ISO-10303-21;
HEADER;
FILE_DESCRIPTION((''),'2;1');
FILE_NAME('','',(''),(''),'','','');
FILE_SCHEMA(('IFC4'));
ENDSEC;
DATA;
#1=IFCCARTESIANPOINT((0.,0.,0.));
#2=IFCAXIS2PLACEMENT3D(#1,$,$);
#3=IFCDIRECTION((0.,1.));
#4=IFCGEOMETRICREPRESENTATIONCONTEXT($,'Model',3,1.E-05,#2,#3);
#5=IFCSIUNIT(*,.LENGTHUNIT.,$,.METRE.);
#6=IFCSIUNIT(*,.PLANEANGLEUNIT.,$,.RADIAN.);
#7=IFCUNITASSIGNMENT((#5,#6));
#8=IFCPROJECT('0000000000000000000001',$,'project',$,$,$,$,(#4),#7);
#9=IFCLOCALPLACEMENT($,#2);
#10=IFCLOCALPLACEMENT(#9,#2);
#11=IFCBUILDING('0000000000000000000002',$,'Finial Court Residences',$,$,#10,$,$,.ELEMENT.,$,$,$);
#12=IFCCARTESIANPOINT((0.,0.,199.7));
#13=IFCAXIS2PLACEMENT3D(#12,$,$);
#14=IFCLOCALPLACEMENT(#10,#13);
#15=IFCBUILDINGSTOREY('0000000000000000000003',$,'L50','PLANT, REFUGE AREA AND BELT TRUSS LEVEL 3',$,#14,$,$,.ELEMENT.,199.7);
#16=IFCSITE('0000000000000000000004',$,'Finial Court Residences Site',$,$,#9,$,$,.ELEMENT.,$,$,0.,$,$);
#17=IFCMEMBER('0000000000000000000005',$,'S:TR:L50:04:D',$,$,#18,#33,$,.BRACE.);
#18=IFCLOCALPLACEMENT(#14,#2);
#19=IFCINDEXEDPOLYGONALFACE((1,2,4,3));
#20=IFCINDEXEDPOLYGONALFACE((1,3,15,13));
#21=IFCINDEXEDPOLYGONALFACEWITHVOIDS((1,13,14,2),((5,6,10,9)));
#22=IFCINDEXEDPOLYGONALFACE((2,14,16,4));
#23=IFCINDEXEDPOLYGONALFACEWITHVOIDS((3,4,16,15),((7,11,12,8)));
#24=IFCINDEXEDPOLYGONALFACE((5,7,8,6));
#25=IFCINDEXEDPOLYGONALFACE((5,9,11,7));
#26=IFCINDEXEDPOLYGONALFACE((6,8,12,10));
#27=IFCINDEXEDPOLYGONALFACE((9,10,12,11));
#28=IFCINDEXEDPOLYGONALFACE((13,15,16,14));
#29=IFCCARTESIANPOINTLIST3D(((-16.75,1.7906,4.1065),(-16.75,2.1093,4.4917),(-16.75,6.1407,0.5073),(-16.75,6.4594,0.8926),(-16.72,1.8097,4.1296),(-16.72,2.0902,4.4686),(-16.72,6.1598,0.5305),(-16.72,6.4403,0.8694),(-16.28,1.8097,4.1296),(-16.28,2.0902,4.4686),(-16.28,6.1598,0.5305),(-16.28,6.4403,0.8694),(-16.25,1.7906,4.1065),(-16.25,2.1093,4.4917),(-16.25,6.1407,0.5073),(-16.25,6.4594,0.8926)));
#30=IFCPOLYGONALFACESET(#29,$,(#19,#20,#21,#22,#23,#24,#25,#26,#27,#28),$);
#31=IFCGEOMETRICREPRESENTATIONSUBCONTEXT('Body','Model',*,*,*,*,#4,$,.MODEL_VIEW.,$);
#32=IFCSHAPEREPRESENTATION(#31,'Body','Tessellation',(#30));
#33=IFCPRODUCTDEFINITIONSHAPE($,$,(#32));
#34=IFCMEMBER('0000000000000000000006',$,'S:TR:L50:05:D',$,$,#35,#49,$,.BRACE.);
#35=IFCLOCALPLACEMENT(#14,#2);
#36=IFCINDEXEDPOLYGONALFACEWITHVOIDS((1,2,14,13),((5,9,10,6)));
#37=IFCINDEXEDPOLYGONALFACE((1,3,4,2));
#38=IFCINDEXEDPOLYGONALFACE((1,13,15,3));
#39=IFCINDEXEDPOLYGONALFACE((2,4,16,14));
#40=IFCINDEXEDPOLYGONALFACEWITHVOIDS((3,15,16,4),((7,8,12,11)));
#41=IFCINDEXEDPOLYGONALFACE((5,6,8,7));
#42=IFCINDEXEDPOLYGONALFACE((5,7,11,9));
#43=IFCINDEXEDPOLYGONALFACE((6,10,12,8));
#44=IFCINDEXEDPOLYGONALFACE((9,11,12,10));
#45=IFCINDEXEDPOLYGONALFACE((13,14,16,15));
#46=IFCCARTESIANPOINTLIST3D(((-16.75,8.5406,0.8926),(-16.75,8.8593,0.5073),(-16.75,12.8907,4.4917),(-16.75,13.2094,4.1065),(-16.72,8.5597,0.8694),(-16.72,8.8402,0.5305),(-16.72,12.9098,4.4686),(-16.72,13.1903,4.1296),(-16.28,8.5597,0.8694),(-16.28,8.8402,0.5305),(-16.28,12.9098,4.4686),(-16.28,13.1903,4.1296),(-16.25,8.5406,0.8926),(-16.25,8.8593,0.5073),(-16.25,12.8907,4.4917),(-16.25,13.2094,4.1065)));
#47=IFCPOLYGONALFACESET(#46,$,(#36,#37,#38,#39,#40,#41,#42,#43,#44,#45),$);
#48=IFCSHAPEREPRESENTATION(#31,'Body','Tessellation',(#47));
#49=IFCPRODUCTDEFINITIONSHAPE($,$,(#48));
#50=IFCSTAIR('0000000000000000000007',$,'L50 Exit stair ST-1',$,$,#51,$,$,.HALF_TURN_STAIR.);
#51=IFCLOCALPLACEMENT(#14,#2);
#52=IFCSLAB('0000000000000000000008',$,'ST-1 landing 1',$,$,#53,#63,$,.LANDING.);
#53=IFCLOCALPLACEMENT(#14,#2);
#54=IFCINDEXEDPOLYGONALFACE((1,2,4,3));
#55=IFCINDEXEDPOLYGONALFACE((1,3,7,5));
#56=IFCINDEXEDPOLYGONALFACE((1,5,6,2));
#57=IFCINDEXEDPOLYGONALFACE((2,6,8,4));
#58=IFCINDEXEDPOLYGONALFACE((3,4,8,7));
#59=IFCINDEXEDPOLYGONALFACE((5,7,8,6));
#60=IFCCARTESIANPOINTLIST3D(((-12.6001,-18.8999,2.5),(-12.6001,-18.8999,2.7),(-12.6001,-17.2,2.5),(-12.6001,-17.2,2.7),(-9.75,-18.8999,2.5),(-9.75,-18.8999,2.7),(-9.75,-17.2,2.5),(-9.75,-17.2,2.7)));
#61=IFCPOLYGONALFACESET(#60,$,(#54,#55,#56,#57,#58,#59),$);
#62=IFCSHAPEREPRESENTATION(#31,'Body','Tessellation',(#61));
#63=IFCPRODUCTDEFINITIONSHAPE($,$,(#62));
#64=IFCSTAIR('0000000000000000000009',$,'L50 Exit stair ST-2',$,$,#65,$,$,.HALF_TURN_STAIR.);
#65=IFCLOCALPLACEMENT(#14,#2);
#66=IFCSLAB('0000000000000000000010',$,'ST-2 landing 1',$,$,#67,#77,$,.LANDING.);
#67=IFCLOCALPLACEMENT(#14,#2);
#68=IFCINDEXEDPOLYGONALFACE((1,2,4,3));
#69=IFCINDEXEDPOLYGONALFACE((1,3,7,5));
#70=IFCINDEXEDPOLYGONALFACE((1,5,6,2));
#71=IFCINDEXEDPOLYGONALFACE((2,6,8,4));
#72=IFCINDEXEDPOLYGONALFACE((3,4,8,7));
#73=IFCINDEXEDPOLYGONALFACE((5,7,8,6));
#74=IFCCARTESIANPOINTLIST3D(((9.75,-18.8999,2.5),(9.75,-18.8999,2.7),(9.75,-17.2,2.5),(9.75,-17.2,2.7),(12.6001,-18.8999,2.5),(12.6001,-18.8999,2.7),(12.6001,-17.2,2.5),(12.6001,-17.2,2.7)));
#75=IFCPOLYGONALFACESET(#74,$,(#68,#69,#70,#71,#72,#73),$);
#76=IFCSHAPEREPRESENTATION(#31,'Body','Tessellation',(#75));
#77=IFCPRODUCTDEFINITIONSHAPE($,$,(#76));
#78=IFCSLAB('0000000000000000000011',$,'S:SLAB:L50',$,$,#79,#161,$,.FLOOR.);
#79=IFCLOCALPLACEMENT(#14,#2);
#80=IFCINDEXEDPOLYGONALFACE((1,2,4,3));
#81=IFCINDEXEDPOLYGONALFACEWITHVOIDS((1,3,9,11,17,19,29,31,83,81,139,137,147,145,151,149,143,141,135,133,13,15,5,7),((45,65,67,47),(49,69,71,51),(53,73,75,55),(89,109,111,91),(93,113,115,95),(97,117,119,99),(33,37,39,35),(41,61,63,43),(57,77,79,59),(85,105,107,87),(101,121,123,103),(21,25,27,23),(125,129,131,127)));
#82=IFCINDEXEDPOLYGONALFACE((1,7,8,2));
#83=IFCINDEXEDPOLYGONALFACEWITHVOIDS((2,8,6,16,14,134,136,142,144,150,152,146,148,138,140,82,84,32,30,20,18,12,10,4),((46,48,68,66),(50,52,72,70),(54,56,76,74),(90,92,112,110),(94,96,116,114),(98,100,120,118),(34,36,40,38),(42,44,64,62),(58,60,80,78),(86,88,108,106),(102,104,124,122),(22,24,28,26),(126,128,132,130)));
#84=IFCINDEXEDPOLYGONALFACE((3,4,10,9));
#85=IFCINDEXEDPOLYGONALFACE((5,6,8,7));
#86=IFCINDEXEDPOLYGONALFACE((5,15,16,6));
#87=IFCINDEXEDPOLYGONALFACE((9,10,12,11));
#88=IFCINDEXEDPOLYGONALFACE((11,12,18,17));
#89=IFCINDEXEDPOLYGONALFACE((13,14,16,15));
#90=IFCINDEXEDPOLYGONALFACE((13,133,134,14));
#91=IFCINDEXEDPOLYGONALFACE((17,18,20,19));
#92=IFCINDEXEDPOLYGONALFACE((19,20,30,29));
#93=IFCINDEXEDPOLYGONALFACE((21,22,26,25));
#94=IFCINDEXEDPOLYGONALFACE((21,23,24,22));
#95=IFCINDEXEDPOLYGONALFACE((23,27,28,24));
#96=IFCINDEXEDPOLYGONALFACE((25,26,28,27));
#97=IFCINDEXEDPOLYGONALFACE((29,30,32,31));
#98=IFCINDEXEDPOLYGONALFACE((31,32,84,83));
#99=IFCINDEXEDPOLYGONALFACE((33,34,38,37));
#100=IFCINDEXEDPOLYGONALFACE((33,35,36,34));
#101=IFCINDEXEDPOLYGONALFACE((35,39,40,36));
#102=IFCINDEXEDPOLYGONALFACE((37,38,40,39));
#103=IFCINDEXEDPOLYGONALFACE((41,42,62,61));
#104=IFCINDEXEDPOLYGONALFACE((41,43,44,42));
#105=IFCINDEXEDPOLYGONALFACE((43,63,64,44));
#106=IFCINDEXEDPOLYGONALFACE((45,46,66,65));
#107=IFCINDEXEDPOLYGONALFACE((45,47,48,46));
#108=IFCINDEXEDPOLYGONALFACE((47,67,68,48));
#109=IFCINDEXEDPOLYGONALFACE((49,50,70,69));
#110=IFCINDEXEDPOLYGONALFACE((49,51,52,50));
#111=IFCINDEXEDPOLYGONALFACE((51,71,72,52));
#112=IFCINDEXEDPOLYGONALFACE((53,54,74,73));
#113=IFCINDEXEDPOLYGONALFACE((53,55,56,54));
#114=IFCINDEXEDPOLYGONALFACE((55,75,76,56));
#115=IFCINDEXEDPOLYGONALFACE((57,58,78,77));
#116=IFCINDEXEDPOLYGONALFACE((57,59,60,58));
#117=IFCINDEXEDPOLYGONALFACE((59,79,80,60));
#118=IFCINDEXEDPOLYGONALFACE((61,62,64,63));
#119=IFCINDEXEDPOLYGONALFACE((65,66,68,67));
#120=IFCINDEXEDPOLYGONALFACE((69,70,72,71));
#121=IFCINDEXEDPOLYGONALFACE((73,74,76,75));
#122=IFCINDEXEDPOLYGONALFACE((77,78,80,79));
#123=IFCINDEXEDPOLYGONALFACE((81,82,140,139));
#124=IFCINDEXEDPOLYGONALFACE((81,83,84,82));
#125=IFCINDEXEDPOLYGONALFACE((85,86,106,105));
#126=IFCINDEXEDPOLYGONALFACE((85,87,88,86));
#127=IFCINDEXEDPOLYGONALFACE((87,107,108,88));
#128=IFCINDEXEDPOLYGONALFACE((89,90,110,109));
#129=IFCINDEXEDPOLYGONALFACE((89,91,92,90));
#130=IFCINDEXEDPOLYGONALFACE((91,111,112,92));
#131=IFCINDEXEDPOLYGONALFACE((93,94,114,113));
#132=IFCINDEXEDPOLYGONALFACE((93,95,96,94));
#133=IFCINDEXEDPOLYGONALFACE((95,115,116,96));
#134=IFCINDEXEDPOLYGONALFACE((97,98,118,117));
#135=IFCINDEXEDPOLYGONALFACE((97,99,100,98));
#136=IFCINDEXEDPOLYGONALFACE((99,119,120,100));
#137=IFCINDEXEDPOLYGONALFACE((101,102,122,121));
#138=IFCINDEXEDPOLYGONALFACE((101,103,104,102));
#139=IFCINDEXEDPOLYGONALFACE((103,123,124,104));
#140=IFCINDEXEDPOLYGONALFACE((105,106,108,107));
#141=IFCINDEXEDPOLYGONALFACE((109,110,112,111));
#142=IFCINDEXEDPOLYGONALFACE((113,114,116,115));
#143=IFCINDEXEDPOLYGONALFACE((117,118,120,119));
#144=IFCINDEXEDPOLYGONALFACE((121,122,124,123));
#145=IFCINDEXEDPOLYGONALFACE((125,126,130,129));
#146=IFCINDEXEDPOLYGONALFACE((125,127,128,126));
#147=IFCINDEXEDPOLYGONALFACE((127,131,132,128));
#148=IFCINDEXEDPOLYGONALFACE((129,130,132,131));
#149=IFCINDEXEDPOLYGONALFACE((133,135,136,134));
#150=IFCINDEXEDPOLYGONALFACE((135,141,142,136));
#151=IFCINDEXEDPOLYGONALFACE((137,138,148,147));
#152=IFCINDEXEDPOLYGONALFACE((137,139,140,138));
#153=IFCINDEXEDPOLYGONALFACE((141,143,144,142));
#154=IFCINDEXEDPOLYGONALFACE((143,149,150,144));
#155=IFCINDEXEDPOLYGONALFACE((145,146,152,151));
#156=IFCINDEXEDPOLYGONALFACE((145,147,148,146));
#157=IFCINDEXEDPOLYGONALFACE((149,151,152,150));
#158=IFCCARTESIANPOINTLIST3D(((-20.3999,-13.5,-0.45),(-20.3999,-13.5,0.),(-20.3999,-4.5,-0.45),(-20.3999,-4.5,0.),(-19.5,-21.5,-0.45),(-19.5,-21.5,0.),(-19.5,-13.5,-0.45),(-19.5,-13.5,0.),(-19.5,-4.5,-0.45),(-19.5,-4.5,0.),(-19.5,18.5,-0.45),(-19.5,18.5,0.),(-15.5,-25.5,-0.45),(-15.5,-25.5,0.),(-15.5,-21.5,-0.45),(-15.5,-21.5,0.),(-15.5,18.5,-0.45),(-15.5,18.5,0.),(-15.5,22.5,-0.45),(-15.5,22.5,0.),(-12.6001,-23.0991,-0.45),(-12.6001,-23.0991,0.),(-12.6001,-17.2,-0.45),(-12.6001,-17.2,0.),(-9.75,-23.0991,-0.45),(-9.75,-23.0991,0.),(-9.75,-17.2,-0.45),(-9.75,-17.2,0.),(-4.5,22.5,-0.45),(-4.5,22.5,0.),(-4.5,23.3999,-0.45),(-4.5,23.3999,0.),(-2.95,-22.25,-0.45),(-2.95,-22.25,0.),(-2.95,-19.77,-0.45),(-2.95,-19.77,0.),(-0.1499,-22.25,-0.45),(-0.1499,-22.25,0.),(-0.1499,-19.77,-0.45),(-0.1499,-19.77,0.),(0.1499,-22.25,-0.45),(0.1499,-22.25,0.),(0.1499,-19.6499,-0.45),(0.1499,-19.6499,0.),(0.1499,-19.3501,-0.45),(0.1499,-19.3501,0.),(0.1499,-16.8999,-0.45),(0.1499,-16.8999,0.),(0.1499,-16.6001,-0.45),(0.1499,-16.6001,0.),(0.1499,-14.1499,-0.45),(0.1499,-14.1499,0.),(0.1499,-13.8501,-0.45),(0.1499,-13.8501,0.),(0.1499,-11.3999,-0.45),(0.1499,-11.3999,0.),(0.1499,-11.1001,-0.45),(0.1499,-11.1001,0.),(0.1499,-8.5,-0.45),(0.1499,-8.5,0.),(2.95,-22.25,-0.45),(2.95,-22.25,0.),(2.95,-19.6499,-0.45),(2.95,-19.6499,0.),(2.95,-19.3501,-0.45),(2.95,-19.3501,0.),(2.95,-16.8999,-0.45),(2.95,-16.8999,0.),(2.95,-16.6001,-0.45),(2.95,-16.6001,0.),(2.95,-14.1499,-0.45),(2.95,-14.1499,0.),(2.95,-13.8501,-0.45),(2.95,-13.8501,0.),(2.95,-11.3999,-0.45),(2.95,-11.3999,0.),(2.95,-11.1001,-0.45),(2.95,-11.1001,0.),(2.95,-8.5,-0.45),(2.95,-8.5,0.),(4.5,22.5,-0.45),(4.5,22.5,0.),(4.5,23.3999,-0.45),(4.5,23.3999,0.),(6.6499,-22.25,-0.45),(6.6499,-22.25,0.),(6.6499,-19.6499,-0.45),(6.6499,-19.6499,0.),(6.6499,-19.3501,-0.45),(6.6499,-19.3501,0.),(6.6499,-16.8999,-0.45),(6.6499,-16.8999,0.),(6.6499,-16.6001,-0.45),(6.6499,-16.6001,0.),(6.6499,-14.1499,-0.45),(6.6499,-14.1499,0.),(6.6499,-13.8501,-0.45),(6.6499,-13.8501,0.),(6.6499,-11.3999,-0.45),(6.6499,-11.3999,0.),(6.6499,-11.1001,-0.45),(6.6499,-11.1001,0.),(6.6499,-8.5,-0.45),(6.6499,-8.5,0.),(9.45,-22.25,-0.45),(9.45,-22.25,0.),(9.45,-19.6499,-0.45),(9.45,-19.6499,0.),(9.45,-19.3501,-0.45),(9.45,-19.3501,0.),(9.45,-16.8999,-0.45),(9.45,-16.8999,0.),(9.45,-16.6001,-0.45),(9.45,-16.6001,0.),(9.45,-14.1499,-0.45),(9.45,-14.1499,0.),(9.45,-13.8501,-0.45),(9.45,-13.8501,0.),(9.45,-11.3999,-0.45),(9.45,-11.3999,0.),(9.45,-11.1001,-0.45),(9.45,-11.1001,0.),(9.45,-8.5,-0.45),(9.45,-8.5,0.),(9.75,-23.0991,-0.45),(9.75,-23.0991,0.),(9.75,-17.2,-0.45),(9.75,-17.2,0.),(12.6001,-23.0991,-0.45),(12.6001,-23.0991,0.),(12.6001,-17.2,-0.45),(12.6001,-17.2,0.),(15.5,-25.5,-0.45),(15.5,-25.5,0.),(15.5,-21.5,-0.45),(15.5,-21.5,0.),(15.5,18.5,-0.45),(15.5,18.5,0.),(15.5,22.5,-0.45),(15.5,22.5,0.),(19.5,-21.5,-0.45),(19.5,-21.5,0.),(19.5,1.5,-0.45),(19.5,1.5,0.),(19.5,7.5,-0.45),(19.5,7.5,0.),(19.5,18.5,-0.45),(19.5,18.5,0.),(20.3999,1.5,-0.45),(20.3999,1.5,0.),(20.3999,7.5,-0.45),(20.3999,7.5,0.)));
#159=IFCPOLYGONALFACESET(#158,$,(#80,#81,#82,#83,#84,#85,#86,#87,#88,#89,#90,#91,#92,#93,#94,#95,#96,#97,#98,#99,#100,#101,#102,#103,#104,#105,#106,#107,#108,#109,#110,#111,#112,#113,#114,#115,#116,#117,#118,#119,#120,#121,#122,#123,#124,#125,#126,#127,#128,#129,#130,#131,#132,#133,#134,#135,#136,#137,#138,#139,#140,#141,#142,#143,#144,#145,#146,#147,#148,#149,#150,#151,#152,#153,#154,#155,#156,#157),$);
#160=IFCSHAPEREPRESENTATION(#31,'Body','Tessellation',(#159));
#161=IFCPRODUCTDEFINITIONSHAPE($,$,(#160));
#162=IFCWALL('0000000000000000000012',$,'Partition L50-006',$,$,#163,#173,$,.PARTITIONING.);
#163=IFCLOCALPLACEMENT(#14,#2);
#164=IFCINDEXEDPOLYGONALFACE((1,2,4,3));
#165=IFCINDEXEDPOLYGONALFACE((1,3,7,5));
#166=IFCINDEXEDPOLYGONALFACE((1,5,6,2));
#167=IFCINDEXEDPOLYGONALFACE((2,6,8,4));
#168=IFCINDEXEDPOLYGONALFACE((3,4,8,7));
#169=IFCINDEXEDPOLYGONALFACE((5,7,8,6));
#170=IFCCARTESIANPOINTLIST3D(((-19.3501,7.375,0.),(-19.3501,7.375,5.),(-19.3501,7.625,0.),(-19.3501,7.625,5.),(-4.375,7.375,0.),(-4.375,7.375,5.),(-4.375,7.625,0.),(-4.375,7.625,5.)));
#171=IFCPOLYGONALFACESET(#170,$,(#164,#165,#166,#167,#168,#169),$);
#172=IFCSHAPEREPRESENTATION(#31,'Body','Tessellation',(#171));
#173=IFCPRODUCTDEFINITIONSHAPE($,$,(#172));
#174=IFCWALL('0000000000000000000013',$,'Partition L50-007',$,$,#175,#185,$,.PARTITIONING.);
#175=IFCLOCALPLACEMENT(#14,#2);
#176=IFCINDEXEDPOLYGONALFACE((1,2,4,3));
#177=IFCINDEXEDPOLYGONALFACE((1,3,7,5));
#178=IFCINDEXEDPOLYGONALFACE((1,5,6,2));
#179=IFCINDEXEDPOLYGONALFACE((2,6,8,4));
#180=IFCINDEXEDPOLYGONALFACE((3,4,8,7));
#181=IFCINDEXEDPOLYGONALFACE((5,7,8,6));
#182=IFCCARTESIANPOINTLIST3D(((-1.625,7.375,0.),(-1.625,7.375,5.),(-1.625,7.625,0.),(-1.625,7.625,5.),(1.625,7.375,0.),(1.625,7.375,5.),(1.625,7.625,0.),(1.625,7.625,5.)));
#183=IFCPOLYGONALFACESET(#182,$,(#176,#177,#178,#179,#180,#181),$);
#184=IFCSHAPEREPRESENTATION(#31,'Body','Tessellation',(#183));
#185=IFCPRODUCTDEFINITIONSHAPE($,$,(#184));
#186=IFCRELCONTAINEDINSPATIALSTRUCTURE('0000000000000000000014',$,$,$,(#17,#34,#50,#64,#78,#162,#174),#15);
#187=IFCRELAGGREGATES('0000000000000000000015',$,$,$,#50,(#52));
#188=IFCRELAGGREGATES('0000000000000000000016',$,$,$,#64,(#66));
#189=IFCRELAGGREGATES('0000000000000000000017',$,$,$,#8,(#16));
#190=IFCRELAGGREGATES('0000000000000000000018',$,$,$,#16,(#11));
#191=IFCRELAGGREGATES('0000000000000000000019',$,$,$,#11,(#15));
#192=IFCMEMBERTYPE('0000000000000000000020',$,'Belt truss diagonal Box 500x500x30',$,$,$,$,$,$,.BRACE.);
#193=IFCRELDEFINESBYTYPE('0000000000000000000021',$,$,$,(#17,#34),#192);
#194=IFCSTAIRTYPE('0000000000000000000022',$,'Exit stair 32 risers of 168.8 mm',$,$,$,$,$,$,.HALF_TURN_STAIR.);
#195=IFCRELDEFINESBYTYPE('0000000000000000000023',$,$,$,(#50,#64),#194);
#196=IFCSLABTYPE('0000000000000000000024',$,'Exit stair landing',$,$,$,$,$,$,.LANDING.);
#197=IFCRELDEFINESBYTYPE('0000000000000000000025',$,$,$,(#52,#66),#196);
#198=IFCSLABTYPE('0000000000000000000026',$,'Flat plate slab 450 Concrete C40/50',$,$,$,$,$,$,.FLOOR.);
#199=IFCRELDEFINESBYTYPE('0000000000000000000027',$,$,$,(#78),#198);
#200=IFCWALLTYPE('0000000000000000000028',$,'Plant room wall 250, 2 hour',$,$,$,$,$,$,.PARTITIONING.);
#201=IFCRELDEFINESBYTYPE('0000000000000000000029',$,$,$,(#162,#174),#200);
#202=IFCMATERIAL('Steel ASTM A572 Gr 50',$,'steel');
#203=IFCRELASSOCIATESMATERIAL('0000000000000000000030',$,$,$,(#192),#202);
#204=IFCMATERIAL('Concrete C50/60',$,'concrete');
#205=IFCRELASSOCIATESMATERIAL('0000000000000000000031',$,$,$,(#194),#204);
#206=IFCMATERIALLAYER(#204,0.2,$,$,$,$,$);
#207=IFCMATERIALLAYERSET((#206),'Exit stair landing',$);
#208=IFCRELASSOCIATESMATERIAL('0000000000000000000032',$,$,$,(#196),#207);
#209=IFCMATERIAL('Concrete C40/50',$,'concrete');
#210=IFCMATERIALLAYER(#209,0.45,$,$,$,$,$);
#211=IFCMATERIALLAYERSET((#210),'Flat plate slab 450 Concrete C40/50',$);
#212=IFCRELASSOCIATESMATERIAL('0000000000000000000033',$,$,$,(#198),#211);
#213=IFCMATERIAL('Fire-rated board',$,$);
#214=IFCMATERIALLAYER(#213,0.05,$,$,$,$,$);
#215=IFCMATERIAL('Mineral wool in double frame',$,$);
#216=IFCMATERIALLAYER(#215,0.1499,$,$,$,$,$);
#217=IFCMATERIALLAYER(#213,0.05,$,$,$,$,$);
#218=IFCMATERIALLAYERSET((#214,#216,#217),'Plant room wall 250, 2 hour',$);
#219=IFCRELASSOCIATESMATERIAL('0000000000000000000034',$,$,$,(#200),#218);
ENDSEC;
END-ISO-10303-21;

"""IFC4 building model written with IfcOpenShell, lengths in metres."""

from ifc_helpers import new_model, si_unit, direction, frame, frame_2d, origin, origin_2d, place, context, subcontext, project, spatial, polyline, rectangle, hollow_rectangle, outline, extrude, material, layer, layer_set, material_profile, profile_set, type_object, element, aggregate, save


model = new_model("IFC4")

# Units and contexts
model_context = context("Model", 3, precision=1e-05, world=origin(), true_north=direction((0.0, 1.0)))
body_context = subcontext(model_context, "Body", "Model", "MODEL_VIEW")
ifc_project = project(units=[si_unit("LENGTHUNIT", "METRE"), si_unit("PLANEANGLEUNIT", "RADIAN")], contexts=[model_context])

# Site, building, storey
site_placement = place(None, origin())
site = spatial("IfcSite", under=ifc_project, at=site_placement, Name="Finial Court Residences Site", CompositionType="ELEMENT", RefElevation=0.0)
building_placement = place(site_placement, origin())
building = spatial("IfcBuilding", under=site, at=building_placement, Name="Finial Court Residences", CompositionType="ELEMENT")
storey_placement = place(building_placement, frame((0.0, 0.0, 199.7)))
storey = spatial("IfcBuildingStorey", under=building, at=storey_placement, Name="L50", Description="PLANT, REFUGE AREA AND BELT TRUSS LEVEL 3", CompositionType="ELEMENT", Elevation=199.7)

# Members
ifc_material_1 = material(Name="Steel ASTM A572 Gr 50", Category="steel")
ifc_material_profile_1 = material_profile(ifc_material_1, hollow_rectangle(XDim=0.5, YDim=0.5, WallThickness=0.03, at=origin_2d()), Name="Box 500x500x30")
ifc_profile_set_1 = profile_set([ifc_material_profile_1], Name="Steel ASTM A572 Gr 50")
member_type_1 = type_object("IfcMemberType", Name="Belt truss diagonal Box 500x500x30", PredefinedType="BRACE", material=ifc_profile_set_1)
for number, where, z_axis, x_axis, name in (
    (1, (-16.5, 1.95, 4.2991), (0.0, 0.770478, -0.637467), (-1.0, 0.0, 0.0), "S:TR:L50:04:D"),
    (2, (-16.5, 8.7, 0.7), (0.0, 0.770478, 0.637467), (-1.0, 0.0, 0.0), "S:TR:L50:05:D"),
):
    element("IfcMember", number, at=place(storey_placement, frame(where, z_axis=z_axis, x_axis=x_axis)), inside=storey, type_object=member_type_1, Name=name, PredefinedType="BRACE", context=body_context, shape_type="SweptSolid", body=[
        extrude(hollow_rectangle(XDim=0.5, YDim=0.5, WallThickness=0.03, at=origin_2d()), origin(), (0.0, 0.0, 1.0), 5.646),
    ])

# Stairs, slabs
ifc_material_2 = material(Name="Concrete C50/60", Category="concrete")
stair_type = type_object("IfcStairType", Name="Exit stair 32 risers of 168.8 mm", PredefinedType="HALF_TURN_STAIR", material=ifc_material_2)
stair_1_placement = place(storey_placement, origin())
stair_1 = element("IfcStair", 3, at=stair_1_placement, inside=storey, type_object=stair_type, Name="L50 Exit stair ST-1", PredefinedType="HALF_TURN_STAIR")
ifc_layer_1 = layer(ifc_material_2, 0.2)
ifc_layer_set_1 = layer_set([ifc_layer_1], Name="Exit stair landing")
slab_type_1 = type_object("IfcSlabType", Name="Exit stair landing", PredefinedType="LANDING", material=ifc_layer_set_1)
slab_1_placement = place(storey_placement, frame((0.0, 0.0, 2.5)))
slab_1 = element("IfcSlab", 4, at=slab_1_placement, type_object=slab_type_1, Name="ST-1 landing 1", PredefinedType="LANDING", context=body_context, shape_type="SweptSolid", body=[
    extrude(outline(polyline([(-9.75, -18.8999), (-9.75, -17.2), (-12.6001, -17.2), (-12.6001, -18.8999), (-9.75, -18.8999)])), origin(), (0.0, 0.0, 1.0), 0.2),
])
aggregate(stair_1, [slab_1])
stair_2_placement = place(storey_placement, origin())
stair_2 = element("IfcStair", 5, at=stair_2_placement, inside=storey, type_object=stair_type, Name="L50 Exit stair ST-2", PredefinedType="HALF_TURN_STAIR")
slab_2_placement = place(storey_placement, frame((0.0, 0.0, 2.5)))
slab_2 = element("IfcSlab", 6, at=slab_2_placement, type_object=slab_type_1, Name="ST-2 landing 1", PredefinedType="LANDING", context=body_context, shape_type="SweptSolid", body=[
    extrude(outline(polyline([(12.6001, -18.8999), (12.6001, -17.2), (9.75, -17.2), (9.75, -18.8999), (12.6001, -18.8999)])), origin(), (0.0, 0.0, 1.0), 0.2),
])
aggregate(stair_2, [slab_2])

# Slab
ifc_material_3 = material(Name="Concrete C40/50", Category="concrete")
ifc_layer_2 = layer(ifc_material_3, 0.45)
ifc_layer_set_2 = layer_set([ifc_layer_2], Name="Flat plate slab 450 Concrete C40/50")
slab_type_2 = type_object("IfcSlabType", Name="Flat plate slab 450 Concrete C40/50", PredefinedType="FLOOR", material=ifc_layer_set_2)
slab_3_placement = place(storey_placement, frame((0.0, 0.0, -0.45)))
element("IfcSlab", 7, at=slab_3_placement, inside=storey, type_object=slab_type_2, Name="S:SLAB:L50", PredefinedType="FLOOR", context=body_context, shape_type="SweptSolid", body=[
    extrude(outline(polyline([(-20.3999, -4.5), (-19.5, -4.5), (-19.5, 18.5), (-15.5, 18.5), (-15.5, 22.5), (-4.5, 22.5), (-4.5, 23.3999), (4.5, 23.3999), (4.5, 22.5), (15.5, 22.5), (15.5, 18.5), (19.5, 18.5), (19.5, 7.5), (20.3999, 7.5), (20.3999, 1.5), (19.5, 1.5), (19.5, -21.5), (15.5, -21.5), (15.5, -25.5), (-15.5, -25.5), (-15.5, -21.5), (-19.5, -21.5), (-19.5, -13.5), (-20.3999, -13.5), (-20.3999, -4.5)]), holes=[polyline([(-0.1499, -19.77), (-2.95, -19.77), (-2.95, -22.25), (-0.1499, -22.25), (-0.1499, -19.77)]), polyline([(2.95, -22.25), (2.95, -19.6499), (0.1499, -19.6499), (0.1499, -22.25), (2.95, -22.25)]), polyline([(-9.75, -17.2), (-12.6001, -17.2), (-12.6001, -23.0991), (-9.75, -23.0991), (-9.75, -17.2)]), polyline([(2.95, -16.8999), (0.1499, -16.8999), (0.1499, -19.3501), (2.95, -19.3501), (2.95, -16.8999)]), polyline([(2.95, -16.6001), (2.95, -14.1499), (0.1499, -14.1499), (0.1499, -16.6001), (2.95, -16.6001)]), polyline([(2.95, -13.8501), (2.95, -11.3999), (0.1499, -11.3999), (0.1499, -13.8501), (2.95, -13.8501)]), polyline([(2.95, -8.5), (0.1499, -8.5), (0.1499, -11.1001), (2.95, -11.1001), (2.95, -8.5)]), polyline([(9.45, -22.25), (9.45, -19.6499), (6.6499, -19.6499), (6.6499, -22.25), (9.45, -22.25)]), polyline([(12.6001, -17.2), (9.75, -17.2), (9.75, -23.0991), (12.6001, -23.0991), (12.6001, -17.2)]), polyline([(9.45, -19.3501), (9.45, -16.8999), (6.6499, -16.8999), (6.6499, -19.3501), (9.45, -19.3501)]), polyline([(9.45, -16.6001), (9.45, -14.1499), (6.6499, -14.1499), (6.6499, -16.6001), (9.45, -16.6001)]), polyline([(9.45, -13.8501), (9.45, -11.3999), (6.6499, -11.3999), (6.6499, -13.8501), (9.45, -13.8501)]), polyline([(9.45, -11.1001), (9.45, -8.5), (6.6499, -8.5), (6.6499, -11.1001), (9.45, -11.1001)])]), origin(), (0.0, 0.0, 1.0), 0.45),
])

# Walls
ifc_material_4 = material(Name="Fire-rated board")
ifc_layer_3 = layer(ifc_material_4, 0.05)
ifc_material_5 = material(Name="Mineral wool in double frame")
ifc_layer_4 = layer(ifc_material_5, 0.1499)
ifc_layer_5 = layer(ifc_material_4, 0.05)
ifc_layer_set_3 = layer_set([ifc_layer_3, ifc_layer_4, ifc_layer_5], Name="Plant room wall 250, 2 hour")
wall_type = type_object("IfcWallType", Name="Plant room wall 250, 2 hour", PredefinedType="PARTITIONING", material=ifc_layer_set_3)
wall_1_placement = place(storey_placement, frame((-19.3501, 7.5, 0.0), z_axis=(0.0, 0.0, 1.0), x_axis=(1.0, 0.0, 0.0)))
element("IfcWall", 8, at=wall_1_placement, inside=storey, type_object=wall_type, Name="Partition L50-006", PredefinedType="PARTITIONING", context=body_context, shape_type="SweptSolid", body=[
    extrude(rectangle(XDim=14.9751, YDim=0.25, at=frame_2d((7.4875, 0.0))), origin(), (0.0, 0.0, 1.0), 5.0),
])
wall_2_placement = place(storey_placement, frame((-1.625, 7.5, 0.0), z_axis=(0.0, 0.0, 1.0), x_axis=(1.0, 0.0, 0.0)))
element("IfcWall", 9, at=wall_2_placement, inside=storey, type_object=wall_type, Name="Partition L50-007", PredefinedType="PARTITIONING", context=body_context, shape_type="SweptSolid", body=[
    extrude(rectangle(XDim=3.25, YDim=0.25, at=frame_2d((1.625, 0.0))), origin(), (0.0, 0.0, 1.0), 5.0),
])

save(model, "model.ifc")
